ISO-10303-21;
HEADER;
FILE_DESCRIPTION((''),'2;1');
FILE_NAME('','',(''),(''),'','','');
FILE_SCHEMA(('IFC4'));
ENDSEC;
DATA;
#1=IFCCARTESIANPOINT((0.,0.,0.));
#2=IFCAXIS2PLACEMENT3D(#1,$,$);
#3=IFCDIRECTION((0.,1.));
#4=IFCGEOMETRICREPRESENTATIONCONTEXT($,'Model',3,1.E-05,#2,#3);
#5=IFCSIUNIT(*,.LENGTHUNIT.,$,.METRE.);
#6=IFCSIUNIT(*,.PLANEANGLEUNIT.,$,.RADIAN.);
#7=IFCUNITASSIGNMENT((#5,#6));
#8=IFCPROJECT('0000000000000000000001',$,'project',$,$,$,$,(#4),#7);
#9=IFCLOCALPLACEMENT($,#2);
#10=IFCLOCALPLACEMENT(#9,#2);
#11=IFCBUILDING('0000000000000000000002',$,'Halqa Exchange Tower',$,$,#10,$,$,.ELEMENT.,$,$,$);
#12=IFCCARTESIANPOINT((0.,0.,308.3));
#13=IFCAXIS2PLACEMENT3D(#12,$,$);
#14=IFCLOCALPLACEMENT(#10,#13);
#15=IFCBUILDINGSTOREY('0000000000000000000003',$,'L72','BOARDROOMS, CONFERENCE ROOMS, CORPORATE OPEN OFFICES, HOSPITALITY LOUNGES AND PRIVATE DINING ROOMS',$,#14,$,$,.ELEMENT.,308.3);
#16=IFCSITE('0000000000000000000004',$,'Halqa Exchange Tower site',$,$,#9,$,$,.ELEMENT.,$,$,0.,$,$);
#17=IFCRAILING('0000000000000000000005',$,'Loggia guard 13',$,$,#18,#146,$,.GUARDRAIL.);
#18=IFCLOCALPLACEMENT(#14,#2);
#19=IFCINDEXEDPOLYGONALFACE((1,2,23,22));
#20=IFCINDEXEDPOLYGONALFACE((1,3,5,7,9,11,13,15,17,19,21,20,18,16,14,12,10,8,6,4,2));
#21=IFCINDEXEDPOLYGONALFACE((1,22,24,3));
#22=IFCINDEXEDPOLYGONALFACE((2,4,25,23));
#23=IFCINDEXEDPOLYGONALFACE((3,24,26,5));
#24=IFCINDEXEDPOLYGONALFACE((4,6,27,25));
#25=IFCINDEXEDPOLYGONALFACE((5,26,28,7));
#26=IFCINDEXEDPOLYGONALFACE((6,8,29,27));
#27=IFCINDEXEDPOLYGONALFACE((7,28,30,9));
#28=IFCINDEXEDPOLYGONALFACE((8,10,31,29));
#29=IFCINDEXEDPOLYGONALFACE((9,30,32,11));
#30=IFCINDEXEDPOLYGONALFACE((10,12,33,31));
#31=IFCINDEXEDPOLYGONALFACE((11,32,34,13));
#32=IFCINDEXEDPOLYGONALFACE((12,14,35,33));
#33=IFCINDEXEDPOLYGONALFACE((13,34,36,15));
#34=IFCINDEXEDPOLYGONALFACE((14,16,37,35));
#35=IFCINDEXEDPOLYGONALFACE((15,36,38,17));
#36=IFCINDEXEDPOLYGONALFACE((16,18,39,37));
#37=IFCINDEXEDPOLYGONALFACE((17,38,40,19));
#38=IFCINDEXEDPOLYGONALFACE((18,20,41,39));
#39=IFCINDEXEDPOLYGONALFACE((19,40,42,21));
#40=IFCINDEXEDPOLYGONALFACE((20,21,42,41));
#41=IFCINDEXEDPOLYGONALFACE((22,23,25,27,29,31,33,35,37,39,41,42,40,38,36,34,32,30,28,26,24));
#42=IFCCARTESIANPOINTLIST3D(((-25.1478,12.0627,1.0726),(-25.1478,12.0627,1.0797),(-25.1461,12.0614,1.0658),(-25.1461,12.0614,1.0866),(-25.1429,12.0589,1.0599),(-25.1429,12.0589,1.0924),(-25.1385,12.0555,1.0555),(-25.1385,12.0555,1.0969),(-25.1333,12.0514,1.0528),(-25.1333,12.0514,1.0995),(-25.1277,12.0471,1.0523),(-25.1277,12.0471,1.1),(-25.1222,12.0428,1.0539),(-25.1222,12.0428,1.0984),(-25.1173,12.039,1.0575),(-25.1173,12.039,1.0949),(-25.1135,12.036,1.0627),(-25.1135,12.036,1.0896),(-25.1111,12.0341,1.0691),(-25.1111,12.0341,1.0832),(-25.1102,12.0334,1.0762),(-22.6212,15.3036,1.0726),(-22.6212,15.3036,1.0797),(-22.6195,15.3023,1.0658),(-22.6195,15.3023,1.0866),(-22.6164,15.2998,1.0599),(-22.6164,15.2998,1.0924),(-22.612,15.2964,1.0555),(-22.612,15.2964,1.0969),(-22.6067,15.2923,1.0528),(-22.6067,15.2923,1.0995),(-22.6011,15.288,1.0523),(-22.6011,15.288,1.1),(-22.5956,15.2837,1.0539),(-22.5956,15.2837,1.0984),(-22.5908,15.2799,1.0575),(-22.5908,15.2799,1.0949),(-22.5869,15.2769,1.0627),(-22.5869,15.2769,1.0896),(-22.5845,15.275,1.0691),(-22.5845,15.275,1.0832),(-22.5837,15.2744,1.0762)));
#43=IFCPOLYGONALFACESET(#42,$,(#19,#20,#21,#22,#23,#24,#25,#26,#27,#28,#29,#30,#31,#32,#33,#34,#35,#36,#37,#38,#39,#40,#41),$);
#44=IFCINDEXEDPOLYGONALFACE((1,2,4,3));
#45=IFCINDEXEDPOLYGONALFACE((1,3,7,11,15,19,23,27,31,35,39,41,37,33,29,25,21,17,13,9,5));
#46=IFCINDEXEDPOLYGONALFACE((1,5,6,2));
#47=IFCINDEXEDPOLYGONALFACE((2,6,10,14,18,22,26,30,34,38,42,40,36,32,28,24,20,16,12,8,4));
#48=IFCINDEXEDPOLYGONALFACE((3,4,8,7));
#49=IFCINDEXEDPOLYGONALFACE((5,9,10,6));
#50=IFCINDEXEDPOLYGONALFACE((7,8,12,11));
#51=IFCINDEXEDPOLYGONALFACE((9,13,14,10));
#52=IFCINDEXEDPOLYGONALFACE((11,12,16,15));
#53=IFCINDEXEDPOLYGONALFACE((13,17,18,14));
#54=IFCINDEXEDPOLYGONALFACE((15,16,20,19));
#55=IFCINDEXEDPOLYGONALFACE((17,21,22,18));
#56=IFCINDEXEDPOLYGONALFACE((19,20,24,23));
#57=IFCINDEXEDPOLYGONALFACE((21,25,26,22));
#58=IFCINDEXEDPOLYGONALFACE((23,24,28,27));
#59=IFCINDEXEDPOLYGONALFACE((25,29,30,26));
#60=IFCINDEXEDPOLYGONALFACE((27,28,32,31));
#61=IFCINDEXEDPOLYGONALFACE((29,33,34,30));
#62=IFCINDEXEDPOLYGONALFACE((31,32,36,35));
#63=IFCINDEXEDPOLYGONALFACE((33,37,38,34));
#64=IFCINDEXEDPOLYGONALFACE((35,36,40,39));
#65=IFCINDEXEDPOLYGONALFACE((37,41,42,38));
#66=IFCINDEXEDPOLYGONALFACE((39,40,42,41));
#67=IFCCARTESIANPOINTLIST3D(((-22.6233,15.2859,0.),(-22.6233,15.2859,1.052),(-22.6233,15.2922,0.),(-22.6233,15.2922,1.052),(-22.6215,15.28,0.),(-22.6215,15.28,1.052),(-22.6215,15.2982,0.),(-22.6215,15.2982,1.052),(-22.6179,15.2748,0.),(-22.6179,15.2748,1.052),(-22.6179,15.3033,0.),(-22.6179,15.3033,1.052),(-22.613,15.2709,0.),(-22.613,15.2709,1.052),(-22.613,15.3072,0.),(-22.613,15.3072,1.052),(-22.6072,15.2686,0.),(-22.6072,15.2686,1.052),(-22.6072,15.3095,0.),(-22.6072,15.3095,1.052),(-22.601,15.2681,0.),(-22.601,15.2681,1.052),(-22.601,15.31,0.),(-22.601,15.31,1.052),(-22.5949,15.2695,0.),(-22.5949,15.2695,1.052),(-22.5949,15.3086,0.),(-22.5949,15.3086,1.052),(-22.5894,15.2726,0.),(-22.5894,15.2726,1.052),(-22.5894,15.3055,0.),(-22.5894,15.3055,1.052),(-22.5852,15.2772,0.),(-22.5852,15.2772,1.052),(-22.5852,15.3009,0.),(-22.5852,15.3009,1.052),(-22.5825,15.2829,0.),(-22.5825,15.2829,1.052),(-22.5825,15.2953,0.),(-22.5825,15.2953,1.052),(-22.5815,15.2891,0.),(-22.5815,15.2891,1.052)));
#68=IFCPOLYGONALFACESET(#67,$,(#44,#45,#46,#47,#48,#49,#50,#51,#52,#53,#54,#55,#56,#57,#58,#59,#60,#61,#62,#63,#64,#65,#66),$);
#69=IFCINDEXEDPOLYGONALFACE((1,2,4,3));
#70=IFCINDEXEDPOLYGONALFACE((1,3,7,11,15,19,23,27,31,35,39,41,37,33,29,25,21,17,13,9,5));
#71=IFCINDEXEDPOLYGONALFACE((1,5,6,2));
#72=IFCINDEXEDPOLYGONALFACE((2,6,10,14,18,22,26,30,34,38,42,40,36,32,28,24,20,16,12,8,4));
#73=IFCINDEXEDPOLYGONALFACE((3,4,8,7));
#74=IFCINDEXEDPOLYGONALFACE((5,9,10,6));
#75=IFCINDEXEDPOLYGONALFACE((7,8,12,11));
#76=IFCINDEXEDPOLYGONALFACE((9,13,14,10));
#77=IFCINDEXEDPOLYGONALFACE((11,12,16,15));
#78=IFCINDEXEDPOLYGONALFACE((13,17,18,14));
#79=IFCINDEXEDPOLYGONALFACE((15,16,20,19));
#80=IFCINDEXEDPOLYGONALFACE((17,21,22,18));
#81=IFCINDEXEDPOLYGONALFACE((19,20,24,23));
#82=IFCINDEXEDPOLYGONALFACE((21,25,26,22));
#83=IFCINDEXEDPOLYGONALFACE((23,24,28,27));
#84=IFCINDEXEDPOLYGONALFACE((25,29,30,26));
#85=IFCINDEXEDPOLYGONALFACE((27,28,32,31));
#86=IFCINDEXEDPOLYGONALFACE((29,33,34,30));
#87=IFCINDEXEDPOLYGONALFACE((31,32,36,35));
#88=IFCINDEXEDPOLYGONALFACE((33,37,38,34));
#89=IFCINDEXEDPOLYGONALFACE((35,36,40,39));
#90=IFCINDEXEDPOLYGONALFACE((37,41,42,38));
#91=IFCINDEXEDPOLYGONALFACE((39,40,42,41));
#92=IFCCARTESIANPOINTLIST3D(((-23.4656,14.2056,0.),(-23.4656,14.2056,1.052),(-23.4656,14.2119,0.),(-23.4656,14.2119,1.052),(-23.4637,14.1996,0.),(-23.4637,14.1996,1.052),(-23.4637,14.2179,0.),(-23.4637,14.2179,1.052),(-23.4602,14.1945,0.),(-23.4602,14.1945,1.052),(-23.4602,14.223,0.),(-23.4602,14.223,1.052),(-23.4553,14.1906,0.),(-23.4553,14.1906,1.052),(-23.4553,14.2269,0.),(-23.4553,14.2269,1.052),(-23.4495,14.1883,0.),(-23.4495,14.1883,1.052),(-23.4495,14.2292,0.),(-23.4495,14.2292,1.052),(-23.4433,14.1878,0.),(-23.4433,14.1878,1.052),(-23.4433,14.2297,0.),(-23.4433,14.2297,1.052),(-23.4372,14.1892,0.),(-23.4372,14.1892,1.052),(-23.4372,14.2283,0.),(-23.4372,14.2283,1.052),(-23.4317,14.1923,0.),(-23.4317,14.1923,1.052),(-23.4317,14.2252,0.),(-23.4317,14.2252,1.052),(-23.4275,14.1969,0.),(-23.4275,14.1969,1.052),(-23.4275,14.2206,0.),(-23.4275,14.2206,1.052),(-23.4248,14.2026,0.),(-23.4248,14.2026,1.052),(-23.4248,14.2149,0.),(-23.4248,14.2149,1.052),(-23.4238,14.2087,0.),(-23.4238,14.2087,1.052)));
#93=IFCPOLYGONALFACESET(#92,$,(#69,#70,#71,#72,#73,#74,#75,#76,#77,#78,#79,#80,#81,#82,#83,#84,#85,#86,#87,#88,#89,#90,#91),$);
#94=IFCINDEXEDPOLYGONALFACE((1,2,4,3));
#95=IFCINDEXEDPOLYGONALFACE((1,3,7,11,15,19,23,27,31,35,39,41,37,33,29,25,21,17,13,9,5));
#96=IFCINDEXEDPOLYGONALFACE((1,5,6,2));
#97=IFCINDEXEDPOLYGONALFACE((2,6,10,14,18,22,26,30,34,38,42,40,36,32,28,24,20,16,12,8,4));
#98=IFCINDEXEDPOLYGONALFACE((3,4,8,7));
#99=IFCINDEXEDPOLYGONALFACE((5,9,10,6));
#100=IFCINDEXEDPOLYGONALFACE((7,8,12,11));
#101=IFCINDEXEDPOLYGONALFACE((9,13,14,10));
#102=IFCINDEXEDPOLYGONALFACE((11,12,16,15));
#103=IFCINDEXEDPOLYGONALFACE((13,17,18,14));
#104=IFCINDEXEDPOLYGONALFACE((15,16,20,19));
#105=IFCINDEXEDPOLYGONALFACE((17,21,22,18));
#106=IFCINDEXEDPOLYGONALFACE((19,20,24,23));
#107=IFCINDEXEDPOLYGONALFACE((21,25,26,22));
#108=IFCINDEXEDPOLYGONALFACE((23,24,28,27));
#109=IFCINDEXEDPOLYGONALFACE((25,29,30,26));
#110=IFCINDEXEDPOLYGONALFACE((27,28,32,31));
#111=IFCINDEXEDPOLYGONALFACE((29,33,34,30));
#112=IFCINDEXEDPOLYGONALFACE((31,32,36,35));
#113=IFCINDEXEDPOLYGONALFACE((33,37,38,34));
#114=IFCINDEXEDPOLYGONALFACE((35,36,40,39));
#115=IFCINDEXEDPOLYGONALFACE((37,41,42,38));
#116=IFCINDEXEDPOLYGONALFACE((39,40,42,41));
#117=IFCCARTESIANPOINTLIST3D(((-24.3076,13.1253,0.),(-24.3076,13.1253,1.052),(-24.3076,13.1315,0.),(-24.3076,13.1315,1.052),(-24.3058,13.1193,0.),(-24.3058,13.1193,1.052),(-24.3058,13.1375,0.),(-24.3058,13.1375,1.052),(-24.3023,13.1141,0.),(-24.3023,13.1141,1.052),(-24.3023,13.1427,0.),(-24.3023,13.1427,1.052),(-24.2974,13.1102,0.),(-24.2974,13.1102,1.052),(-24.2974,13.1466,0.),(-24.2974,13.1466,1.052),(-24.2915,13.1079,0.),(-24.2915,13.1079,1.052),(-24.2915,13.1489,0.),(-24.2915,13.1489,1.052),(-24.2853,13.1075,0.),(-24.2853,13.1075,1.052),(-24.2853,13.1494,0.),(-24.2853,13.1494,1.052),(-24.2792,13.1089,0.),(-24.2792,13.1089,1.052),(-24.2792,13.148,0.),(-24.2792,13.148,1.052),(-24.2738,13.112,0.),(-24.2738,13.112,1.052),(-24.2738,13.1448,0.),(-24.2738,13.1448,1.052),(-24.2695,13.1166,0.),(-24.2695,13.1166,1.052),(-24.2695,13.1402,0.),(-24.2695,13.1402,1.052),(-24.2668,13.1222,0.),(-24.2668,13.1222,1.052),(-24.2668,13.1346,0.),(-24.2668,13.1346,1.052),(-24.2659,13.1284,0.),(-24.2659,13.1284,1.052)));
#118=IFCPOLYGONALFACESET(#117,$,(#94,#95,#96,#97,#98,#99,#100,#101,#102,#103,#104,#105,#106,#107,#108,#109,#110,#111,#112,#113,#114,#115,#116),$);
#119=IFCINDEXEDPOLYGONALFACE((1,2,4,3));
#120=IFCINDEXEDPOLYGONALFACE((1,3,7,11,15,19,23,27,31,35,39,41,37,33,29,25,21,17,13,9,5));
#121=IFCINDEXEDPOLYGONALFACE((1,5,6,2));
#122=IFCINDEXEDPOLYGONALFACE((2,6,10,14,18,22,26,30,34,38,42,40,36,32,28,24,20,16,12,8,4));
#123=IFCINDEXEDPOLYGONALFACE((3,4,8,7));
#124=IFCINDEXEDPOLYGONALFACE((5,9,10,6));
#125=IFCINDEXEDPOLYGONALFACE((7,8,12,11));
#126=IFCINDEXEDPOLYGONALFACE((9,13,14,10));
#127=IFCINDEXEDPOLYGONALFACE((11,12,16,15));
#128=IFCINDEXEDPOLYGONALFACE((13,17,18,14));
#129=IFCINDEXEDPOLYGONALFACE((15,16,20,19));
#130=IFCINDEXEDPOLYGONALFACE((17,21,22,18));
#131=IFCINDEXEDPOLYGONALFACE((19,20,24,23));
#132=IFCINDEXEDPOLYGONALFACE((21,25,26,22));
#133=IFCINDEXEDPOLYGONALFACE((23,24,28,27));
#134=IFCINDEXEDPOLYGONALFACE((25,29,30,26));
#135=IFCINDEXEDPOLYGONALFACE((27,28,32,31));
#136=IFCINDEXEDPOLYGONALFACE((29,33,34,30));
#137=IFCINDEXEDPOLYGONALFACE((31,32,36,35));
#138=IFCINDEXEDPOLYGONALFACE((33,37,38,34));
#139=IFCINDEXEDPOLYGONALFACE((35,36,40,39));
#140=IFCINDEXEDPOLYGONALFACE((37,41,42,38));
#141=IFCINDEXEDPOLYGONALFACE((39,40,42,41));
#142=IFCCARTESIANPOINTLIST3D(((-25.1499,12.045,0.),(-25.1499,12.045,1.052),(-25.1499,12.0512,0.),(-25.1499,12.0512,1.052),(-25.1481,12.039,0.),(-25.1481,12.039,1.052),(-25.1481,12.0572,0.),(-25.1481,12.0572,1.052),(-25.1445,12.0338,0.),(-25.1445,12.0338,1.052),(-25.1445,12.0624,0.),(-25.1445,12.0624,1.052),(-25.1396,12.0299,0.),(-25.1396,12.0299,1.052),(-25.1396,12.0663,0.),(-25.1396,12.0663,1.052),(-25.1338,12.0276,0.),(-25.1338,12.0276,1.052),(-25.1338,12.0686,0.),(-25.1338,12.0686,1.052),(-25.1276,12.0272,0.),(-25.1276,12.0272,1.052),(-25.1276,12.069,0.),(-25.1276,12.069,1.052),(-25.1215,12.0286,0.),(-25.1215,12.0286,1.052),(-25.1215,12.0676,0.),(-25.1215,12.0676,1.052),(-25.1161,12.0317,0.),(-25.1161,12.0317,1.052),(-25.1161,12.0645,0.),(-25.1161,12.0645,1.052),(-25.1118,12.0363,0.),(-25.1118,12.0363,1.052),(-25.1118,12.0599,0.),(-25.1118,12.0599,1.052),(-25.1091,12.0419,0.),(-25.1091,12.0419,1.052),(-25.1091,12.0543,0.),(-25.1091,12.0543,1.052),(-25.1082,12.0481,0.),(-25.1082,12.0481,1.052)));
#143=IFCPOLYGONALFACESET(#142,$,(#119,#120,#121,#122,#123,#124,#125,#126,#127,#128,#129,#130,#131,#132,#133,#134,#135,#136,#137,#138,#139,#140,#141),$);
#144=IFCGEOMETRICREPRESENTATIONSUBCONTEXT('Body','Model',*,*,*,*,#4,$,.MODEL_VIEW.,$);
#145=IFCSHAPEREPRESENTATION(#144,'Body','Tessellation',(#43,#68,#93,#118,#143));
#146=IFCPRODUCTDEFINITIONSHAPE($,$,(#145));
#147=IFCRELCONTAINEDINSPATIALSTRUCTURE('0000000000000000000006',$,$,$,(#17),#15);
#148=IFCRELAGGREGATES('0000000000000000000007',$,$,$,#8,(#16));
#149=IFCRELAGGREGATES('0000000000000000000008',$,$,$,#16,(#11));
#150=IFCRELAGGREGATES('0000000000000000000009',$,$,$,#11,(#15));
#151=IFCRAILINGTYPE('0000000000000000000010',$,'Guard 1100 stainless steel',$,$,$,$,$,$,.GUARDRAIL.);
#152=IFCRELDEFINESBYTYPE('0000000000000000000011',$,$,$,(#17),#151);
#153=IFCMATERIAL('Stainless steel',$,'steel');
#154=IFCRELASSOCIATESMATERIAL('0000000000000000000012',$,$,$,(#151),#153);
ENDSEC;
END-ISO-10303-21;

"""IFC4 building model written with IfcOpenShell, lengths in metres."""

from ifc_helpers import new_model, si_unit, direction, frame, origin, origin_2d, place, context, subcontext, project, spatial, circle, extrude, material, type_object, element, save


model = new_model("IFC4")

# Units and contexts
model_context = context("Model", 3, precision=1e-05, world=origin(), true_north=direction((0.0, 1.0)))
body_context = subcontext(model_context, "Body", "Model", "MODEL_VIEW")
ifc_project = project(units=[si_unit("LENGTHUNIT", "METRE"), si_unit("PLANEANGLEUNIT", "RADIAN")], contexts=[model_context])

# Site, building, storey
site_placement = place(None, origin())
site = spatial("IfcSite", under=ifc_project, at=site_placement, Name="Halqa Exchange Tower site", CompositionType="ELEMENT", RefElevation=0.0)
building_placement = place(site_placement, origin())
building = spatial("IfcBuilding", under=site, at=building_placement, Name="Halqa Exchange Tower", CompositionType="ELEMENT")
storey_placement = place(building_placement, frame((0.0, 0.0, 308.3)))
storey = spatial("IfcBuildingStorey", under=building, at=storey_placement, Name="L72", Description="BOARDROOMS, CONFERENCE ROOMS, CORPORATE OPEN OFFICES, HOSPITALITY LOUNGES AND PRIVATE DINING ROOMS", CompositionType="ELEMENT", Elevation=308.3)

# Railing
ifc_material_1 = material(Name="Stainless steel", Category="steel")
railing_type = type_object("IfcRailingType", Name="Guard 1100 stainless steel", PredefinedType="GUARDRAIL", material=ifc_material_1)
railing_1_placement = place(storey_placement, frame((-22.6025, 15.2891, 0.0)))
element("IfcRailing", 1, at=railing_1_placement, inside=storey, type_object=railing_type, Name="Loggia guard 13", PredefinedType="GUARDRAIL", context=body_context, shape_type="SweptSolid", body=[
    extrude(circle(Radius=0.0239, at=origin_2d()), frame((0.0, 0.0, 1.0762), z_axis=(-0.614829, -0.788661, 0.0), x_axis=(0.788661, -0.614829, 0.0)), (0.0, 0.0, 1.0), 4.1094),
    extrude(circle(Radius=0.021, at=origin_2d()), origin(), (0.0, 0.0, 1.0), 1.052),
    extrude(circle(Radius=0.021, at=origin_2d()), frame((-0.8423, -1.0803, 0.0)), (0.0, 0.0, 1.0), 1.052),
    extrude(circle(Radius=0.021, at=origin_2d()), frame((-1.6843, -2.1606, 0.0)), (0.0, 0.0, 1.0), 1.052),
    extrude(circle(Radius=0.021, at=origin_2d()), frame((-2.5266, -3.241, 0.0)), (0.0, 0.0, 1.0), 1.052),
])

save(model, "model.ifc")
